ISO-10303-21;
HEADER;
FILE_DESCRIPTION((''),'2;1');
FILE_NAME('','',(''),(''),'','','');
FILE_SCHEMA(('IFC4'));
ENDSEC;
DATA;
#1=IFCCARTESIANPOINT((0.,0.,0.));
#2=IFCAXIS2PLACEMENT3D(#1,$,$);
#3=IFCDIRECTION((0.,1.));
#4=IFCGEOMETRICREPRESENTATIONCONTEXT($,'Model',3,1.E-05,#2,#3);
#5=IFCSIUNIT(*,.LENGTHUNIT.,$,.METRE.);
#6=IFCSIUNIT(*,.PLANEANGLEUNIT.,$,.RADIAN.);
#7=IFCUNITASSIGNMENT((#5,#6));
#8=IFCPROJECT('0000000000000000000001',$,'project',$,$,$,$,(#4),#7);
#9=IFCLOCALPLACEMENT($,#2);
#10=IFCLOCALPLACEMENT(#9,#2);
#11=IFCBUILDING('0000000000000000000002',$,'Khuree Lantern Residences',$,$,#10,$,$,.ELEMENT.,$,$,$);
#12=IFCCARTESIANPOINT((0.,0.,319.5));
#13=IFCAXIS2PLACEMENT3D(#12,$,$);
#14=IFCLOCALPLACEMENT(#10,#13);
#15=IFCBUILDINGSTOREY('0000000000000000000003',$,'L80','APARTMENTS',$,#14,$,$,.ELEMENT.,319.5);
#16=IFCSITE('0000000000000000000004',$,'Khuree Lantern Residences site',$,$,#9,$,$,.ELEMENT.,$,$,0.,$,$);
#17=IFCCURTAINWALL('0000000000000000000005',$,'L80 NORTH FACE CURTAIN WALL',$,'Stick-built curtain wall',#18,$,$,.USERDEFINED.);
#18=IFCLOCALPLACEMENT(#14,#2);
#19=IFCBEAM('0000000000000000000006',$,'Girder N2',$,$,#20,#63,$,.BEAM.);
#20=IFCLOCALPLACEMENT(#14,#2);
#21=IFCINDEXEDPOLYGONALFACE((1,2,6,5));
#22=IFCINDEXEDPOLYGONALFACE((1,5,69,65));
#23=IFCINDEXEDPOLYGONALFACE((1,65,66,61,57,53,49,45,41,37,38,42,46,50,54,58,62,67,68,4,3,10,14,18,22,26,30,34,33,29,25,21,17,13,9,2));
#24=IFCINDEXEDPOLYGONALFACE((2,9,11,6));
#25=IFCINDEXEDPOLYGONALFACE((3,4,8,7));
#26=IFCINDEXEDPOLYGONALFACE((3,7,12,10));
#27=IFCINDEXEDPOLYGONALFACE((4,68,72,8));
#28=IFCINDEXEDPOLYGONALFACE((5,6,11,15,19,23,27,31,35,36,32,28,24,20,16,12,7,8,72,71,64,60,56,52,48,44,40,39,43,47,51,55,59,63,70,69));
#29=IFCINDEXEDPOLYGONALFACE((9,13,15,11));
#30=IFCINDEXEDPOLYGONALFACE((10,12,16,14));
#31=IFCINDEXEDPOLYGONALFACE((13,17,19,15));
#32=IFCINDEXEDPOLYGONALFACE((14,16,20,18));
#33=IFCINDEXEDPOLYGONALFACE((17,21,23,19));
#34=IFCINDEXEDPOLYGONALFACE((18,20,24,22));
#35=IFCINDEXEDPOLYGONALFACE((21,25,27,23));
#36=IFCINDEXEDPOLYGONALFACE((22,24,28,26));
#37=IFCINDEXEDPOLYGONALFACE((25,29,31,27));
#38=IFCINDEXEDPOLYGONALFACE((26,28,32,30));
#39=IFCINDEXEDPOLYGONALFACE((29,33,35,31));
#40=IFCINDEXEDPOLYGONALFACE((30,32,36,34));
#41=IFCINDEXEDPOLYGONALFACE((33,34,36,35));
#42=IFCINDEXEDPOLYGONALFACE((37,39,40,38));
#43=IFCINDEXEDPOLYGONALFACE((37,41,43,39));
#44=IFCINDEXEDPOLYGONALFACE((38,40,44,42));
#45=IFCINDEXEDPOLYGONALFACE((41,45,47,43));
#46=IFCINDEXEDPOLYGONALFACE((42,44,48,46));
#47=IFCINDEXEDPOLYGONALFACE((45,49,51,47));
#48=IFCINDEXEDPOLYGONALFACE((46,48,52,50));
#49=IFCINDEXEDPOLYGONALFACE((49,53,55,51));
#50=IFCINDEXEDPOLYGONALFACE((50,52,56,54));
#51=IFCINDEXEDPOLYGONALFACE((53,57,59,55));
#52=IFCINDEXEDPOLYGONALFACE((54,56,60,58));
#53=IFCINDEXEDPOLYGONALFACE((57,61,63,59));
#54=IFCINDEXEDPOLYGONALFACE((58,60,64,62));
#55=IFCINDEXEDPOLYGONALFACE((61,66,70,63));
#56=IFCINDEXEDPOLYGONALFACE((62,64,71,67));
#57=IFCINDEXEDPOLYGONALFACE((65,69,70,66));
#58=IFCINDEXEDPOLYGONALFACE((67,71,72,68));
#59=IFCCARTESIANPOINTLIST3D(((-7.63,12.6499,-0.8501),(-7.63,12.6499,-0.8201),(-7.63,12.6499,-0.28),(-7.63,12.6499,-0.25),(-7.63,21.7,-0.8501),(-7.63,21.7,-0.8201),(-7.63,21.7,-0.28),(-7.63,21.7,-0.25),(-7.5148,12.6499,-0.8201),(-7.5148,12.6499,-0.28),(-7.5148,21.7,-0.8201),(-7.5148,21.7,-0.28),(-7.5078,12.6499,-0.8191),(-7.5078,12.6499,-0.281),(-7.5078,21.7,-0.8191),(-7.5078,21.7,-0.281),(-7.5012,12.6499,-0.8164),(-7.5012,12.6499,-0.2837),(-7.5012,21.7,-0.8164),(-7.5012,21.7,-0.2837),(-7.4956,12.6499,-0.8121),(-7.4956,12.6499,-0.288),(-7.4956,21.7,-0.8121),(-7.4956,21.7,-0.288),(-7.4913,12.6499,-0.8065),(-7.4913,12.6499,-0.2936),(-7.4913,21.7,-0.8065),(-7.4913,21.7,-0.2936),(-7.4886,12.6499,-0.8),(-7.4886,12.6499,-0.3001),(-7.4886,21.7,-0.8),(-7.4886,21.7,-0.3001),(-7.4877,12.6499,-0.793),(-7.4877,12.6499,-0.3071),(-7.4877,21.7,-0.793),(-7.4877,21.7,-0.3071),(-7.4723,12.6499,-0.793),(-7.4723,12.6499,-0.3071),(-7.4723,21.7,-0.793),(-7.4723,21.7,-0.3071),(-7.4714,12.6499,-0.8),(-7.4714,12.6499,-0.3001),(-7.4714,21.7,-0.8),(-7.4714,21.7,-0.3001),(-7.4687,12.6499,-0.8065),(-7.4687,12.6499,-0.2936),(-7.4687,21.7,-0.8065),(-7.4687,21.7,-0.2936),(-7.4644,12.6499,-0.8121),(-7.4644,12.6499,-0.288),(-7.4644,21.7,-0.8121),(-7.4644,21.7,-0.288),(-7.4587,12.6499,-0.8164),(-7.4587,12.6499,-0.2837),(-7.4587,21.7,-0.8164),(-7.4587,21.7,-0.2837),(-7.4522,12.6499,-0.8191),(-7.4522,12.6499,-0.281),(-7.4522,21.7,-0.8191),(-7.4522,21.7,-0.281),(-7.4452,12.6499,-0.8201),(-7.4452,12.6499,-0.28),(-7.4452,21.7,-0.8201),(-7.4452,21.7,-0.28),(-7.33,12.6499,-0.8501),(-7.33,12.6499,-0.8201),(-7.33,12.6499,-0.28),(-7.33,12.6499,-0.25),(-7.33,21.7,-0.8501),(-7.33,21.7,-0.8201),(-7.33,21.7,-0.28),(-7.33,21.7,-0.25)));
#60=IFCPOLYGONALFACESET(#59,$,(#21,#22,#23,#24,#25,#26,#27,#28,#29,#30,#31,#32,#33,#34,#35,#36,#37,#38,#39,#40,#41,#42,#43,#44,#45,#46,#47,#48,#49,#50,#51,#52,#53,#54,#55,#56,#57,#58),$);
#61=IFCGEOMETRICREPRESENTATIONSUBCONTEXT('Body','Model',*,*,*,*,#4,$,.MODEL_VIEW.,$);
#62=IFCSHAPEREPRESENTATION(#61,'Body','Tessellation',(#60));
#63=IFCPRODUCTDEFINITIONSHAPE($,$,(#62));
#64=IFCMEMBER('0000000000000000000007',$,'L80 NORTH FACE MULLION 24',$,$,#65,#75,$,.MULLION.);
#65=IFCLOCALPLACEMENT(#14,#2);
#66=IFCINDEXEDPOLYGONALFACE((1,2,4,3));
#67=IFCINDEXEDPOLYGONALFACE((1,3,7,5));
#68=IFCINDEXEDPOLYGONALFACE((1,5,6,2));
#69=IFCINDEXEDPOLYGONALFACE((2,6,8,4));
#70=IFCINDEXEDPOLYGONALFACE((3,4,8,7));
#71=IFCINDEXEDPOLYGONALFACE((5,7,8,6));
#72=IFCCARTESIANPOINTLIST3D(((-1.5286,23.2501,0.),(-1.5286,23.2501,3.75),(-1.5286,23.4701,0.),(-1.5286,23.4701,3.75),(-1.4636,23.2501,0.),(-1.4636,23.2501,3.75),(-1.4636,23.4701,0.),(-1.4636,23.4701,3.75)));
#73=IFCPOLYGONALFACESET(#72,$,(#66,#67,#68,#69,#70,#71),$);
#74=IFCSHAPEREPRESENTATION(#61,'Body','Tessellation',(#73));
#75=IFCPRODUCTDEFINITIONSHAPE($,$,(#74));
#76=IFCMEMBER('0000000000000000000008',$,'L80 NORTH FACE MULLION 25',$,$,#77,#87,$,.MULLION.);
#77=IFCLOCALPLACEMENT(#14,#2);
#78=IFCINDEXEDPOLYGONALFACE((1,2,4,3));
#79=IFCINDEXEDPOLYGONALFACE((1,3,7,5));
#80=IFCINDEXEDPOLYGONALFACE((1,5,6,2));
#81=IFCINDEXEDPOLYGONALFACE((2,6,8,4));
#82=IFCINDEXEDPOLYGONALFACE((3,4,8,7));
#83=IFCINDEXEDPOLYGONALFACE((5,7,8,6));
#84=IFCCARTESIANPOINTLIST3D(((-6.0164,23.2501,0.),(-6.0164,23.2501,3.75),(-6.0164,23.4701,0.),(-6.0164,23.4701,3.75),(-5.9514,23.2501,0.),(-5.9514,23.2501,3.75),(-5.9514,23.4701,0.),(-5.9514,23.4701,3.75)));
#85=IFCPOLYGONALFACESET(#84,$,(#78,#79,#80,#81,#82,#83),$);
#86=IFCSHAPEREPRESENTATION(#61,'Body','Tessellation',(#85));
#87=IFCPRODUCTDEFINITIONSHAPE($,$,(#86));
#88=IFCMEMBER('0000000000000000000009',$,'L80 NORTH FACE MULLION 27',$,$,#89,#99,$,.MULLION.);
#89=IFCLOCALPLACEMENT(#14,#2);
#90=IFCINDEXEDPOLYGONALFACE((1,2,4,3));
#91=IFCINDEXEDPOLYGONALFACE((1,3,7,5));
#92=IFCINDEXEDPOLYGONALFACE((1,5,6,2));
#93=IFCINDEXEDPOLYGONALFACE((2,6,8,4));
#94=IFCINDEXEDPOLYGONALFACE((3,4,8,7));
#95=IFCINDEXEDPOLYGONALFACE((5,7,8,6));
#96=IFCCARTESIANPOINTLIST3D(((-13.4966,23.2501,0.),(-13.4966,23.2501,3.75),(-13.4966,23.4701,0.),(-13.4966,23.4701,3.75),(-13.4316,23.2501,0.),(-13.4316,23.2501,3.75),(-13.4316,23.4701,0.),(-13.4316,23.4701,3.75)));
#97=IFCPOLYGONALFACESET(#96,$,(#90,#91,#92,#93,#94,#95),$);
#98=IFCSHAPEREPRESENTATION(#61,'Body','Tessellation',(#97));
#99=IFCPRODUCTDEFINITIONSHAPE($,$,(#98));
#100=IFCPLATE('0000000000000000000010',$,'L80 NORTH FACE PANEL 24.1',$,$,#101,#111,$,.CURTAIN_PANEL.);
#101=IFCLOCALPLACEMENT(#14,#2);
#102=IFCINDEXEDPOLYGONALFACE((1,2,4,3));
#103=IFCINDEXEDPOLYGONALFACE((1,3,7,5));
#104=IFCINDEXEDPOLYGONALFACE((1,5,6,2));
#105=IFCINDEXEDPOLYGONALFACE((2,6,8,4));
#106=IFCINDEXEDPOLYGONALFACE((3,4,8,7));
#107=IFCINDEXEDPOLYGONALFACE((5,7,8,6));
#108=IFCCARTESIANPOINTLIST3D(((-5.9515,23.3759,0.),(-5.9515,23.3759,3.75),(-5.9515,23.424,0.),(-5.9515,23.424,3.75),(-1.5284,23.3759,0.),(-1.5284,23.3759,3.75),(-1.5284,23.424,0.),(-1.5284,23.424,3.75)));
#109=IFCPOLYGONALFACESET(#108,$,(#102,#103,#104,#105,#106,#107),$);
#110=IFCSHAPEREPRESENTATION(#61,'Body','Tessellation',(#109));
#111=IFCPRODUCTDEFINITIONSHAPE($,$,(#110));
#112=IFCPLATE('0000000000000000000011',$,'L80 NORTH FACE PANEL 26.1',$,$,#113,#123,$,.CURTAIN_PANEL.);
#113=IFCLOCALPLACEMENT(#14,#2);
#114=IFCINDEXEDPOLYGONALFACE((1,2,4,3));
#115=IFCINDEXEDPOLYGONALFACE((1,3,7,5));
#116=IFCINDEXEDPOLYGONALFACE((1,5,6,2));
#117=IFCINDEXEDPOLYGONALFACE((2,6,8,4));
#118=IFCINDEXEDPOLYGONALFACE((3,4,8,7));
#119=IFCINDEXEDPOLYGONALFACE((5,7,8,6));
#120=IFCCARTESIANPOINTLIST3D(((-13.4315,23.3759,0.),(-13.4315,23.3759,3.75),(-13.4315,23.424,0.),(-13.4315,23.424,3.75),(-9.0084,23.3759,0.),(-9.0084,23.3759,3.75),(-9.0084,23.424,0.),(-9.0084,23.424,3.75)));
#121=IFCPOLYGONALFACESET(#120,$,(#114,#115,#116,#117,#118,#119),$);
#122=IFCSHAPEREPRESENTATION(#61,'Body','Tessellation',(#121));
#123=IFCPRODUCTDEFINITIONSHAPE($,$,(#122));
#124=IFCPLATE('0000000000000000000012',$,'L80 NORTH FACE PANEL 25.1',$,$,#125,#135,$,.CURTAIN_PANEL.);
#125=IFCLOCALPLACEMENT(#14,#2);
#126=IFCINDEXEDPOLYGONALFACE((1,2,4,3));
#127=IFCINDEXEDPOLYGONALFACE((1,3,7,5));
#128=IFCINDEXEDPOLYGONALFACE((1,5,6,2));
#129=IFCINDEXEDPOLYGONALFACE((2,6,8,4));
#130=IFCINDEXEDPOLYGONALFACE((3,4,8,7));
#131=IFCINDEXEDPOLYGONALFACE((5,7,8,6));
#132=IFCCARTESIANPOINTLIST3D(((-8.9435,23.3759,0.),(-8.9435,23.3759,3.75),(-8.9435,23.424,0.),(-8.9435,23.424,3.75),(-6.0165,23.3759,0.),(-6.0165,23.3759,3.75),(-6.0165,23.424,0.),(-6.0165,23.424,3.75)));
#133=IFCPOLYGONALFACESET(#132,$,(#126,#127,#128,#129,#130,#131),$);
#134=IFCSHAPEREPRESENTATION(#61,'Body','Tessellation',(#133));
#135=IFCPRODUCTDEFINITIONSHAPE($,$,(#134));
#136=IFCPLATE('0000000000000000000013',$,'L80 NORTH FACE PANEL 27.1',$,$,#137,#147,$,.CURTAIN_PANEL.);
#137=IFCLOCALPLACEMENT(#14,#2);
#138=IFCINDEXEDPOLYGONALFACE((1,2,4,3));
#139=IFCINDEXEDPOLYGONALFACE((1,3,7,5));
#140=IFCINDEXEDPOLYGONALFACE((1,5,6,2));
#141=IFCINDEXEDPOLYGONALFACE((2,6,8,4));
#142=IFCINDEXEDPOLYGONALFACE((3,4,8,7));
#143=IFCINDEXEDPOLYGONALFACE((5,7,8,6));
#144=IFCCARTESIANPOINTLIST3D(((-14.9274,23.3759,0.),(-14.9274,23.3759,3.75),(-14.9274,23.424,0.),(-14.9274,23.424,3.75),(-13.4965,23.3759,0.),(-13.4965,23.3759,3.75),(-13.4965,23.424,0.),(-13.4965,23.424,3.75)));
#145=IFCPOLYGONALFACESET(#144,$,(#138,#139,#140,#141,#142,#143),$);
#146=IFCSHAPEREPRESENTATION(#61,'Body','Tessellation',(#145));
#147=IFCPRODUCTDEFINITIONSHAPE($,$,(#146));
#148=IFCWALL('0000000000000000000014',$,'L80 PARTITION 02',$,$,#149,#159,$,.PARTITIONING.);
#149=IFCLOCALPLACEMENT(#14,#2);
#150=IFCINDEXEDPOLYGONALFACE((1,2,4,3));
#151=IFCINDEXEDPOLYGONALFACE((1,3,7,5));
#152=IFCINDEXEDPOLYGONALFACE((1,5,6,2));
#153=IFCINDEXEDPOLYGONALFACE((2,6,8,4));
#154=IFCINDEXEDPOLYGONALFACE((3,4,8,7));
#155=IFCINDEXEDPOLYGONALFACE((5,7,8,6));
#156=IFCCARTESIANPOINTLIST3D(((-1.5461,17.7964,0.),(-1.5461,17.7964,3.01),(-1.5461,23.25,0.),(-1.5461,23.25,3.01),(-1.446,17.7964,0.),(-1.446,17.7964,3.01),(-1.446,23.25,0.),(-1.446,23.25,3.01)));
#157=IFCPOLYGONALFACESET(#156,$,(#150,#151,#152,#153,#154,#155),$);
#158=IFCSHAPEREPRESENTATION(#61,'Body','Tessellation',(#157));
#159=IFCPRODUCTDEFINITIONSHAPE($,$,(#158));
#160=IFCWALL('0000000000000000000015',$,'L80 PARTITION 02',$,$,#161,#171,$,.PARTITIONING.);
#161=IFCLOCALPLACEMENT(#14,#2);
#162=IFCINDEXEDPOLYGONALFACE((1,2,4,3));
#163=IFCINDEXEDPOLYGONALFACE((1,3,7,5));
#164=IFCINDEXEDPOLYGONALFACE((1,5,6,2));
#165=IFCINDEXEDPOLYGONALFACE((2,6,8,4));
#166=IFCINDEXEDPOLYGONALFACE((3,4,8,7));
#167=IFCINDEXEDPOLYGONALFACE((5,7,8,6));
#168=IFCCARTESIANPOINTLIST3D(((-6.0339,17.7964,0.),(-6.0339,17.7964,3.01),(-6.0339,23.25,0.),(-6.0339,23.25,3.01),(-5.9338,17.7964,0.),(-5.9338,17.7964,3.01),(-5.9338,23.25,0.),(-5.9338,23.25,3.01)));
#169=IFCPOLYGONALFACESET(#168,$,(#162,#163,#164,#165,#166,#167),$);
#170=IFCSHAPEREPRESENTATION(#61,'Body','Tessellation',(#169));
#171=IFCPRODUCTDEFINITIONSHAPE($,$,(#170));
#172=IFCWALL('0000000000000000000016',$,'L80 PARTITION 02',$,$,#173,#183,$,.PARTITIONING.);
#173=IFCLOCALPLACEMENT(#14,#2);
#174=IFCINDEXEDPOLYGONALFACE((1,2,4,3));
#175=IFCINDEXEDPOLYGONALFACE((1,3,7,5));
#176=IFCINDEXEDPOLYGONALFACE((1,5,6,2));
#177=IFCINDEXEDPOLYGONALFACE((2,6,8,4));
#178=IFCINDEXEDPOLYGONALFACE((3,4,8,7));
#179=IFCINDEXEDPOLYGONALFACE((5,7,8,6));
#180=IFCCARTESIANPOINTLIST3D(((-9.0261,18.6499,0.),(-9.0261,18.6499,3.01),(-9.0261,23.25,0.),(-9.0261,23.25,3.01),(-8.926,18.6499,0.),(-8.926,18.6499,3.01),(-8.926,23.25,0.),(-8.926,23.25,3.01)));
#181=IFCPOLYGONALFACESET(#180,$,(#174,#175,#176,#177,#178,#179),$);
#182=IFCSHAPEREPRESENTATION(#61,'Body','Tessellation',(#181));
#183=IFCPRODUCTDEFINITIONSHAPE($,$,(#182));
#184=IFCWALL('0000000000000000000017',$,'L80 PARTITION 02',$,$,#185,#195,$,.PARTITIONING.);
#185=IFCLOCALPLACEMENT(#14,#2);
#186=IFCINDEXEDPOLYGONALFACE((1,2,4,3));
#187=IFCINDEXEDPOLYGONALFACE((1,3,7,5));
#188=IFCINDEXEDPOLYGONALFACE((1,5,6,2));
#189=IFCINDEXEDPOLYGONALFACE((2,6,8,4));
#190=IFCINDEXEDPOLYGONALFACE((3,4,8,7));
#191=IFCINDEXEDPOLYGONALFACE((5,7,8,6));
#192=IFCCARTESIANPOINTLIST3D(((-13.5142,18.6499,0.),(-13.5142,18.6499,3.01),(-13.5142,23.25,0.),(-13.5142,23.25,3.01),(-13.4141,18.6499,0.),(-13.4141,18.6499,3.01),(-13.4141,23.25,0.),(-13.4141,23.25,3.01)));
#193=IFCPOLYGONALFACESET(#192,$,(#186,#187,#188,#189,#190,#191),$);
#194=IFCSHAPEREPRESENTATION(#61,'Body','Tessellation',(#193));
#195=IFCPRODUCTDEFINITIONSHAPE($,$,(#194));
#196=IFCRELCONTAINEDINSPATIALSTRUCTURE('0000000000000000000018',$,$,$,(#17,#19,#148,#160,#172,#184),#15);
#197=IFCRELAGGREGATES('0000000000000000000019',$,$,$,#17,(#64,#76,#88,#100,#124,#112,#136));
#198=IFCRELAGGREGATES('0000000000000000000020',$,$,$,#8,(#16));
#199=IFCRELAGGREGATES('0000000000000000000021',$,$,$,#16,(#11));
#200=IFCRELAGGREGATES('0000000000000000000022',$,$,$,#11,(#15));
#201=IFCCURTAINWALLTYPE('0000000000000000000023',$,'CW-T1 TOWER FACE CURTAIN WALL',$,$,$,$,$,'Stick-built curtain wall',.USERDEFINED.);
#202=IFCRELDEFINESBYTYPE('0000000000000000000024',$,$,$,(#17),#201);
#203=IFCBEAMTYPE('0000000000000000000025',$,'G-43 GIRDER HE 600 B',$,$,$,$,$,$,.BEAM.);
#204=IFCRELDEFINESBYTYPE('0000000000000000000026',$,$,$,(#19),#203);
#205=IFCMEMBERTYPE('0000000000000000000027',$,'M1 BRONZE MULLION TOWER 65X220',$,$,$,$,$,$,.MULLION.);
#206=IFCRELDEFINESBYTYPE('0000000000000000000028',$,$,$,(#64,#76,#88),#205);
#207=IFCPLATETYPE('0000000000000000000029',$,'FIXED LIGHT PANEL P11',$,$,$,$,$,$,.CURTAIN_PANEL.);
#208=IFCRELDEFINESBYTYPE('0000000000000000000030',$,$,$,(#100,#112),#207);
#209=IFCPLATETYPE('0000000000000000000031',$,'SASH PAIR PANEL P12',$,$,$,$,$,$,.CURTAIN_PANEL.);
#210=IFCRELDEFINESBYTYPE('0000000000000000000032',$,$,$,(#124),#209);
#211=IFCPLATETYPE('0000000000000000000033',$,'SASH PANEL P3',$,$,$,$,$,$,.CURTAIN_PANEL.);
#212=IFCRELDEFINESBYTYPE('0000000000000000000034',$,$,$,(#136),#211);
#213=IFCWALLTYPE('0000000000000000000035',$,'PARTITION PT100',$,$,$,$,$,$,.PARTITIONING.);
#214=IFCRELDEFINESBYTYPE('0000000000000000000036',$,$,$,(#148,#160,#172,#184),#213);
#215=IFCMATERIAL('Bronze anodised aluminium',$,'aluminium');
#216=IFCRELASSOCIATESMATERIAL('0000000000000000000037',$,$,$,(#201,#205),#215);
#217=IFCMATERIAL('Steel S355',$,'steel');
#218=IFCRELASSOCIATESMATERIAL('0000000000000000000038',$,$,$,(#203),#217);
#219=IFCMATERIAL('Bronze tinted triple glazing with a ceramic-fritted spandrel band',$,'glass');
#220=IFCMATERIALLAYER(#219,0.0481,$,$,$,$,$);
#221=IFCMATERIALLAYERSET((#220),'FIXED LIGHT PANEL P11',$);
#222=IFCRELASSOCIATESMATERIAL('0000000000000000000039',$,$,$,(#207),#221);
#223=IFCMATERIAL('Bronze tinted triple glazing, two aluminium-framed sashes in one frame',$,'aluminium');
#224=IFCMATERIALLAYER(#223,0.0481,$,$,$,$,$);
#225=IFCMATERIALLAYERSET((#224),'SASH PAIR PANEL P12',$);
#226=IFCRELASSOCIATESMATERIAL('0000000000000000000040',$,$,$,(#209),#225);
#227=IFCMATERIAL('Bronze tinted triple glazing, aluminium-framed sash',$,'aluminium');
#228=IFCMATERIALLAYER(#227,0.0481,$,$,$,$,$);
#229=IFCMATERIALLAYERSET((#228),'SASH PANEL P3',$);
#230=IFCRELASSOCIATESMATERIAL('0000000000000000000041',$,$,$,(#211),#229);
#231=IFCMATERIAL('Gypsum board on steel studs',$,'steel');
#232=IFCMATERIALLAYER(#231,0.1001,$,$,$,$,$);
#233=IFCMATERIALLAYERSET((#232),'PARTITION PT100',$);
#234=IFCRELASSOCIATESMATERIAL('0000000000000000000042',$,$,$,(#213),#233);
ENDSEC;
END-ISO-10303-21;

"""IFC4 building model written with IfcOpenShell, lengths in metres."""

from ifc_helpers import new_model, si_unit, direction, frame, frame_2d, origin, origin_2d, place, context, subcontext, project, spatial, rectangle, i_section, extrude, material, layer, layer_set, material_profile, profile_set, type_object, element, aggregate, save


model = new_model("IFC4")

# Units and contexts
model_context = context("Model", 3, precision=1e-05, world=origin(), true_north=direction((0.0, 1.0)))
body_context = subcontext(model_context, "Body", "Model", "MODEL_VIEW")
ifc_project = project(units=[si_unit("LENGTHUNIT", "METRE"), si_unit("PLANEANGLEUNIT", "RADIAN")], contexts=[model_context])

# Site, building, storey
site_placement = place(None, origin())
site = spatial("IfcSite", under=ifc_project, at=site_placement, Name="Khuree Lantern Residences site", CompositionType="ELEMENT", RefElevation=0.0)
building_placement = place(site_placement, origin())
building = spatial("IfcBuilding", under=site, at=building_placement, Name="Khuree Lantern Residences", CompositionType="ELEMENT")
storey_placement = place(building_placement, frame((0.0, 0.0, 319.5)))
storey = spatial("IfcBuildingStorey", under=building, at=storey_placement, Name="L80", Description="APARTMENTS", CompositionType="ELEMENT", Elevation=319.5)

# Shared definitions
ifc_material_1 = material(Name="Steel S355", Category="steel")

# Curtain wall
ifc_material_2 = material(Name="Bronze anodised aluminium", Category="aluminium")
curtain_wall_type = type_object("IfcCurtainWallType", Name="CW-T1 TOWER FACE CURTAIN WALL", ElementType="Stick-built curtain wall", PredefinedType="USERDEFINED", material=ifc_material_2)
curtain_wall_placement = place(storey_placement, origin())
curtain_wall = element("IfcCurtainWall", 1, at=curtain_wall_placement, inside=storey, type_object=curtain_wall_type, Name="L80 NORTH FACE CURTAIN WALL", ObjectType="Stick-built curtain wall", PredefinedType="USERDEFINED")

# Beam
ifc_material_profile_1 = material_profile(ifc_material_1, i_section(OverallWidth=0.3, OverallDepth=0.6001, WebThickness=0.0154, FlangeThickness=0.03, FilletRadius=0.0271, at=origin_2d()), Name="HE 600 B")
ifc_profile_set_1 = profile_set([ifc_material_profile_1], Name="Steel S355")
beam_type_1 = type_object("IfcBeamType", Name="G-43 GIRDER HE 600 B", PredefinedType="BEAM", material=ifc_profile_set_1)
beam_1_placement = place(storey_placement, frame((-7.48, 21.7, -0.55), z_axis=(0.0, -1.0, 0.0), x_axis=(1.0, 0.0, 0.0)))
element("IfcBeam", 2, at=beam_1_placement, inside=storey, type_object=beam_type_1, Name="Girder N2", PredefinedType="BEAM", context=body_context, shape_type="SweptSolid", body=[
    extrude(i_section(OverallWidth=0.3, OverallDepth=0.6001, WebThickness=0.0154, FlangeThickness=0.03, FilletRadius=0.0271, at=origin_2d()), origin(), (0.0, 0.0, 1.0), 9.05),
])

# Members
ifc_material_profile_2 = material_profile(ifc_material_2, rectangle(XDim=0.0649, YDim=0.22, at=origin_2d()), Name="M1 65X220")
ifc_profile_set_2 = profile_set([ifc_material_profile_2], Name="Bronze anodised aluminium")
member_type_1 = type_object("IfcMemberType", Name="M1 BRONZE MULLION TOWER 65X220", PredefinedType="MULLION", material=ifc_profile_set_2)
member_1_placement = place(storey_placement, frame((-1.4961, 23.3601, 0.0), z_axis=(0.0, 0.0, 1.0), x_axis=(-1.0, 0.0, 0.0)))
member_1 = element("IfcMember", 3, at=member_1_placement, type_object=member_type_1, Name="L80 NORTH FACE MULLION 24", PredefinedType="MULLION", context=body_context, shape_type="SweptSolid", body=[
    extrude(rectangle(XDim=0.0649, YDim=0.22, at=origin_2d()), origin(), (0.0, 0.0, 1.0), 3.75),
])
member_2_placement = place(storey_placement, frame((-5.9839, 23.3601, 0.0), z_axis=(0.0, 0.0, 1.0), x_axis=(-1.0, 0.0, 0.0)))
member_2 = element("IfcMember", 4, at=member_2_placement, type_object=member_type_1, Name="L80 NORTH FACE MULLION 25", PredefinedType="MULLION", context=body_context, shape_type="SweptSolid", body=[
    extrude(rectangle(XDim=0.0649, YDim=0.22, at=origin_2d()), origin(), (0.0, 0.0, 1.0), 3.75),
])
member_3_placement = place(storey_placement, frame((-13.4641, 23.3601, 0.0), z_axis=(0.0, 0.0, 1.0), x_axis=(-1.0, 0.0, 0.0)))
member_3 = element("IfcMember", 5, at=member_3_placement, type_object=member_type_1, Name="L80 NORTH FACE MULLION 27", PredefinedType="MULLION", context=body_context, shape_type="SweptSolid", body=[
    extrude(rectangle(XDim=0.0649, YDim=0.22, at=origin_2d()), origin(), (0.0, 0.0, 1.0), 3.75),
])

# Plates
ifc_material_3 = material(Name="Bronze tinted triple glazing with a ceramic-fritted spandrel band", Category="glass")
ifc_layer_1 = layer(ifc_material_3, 0.0481)
ifc_layer_set_1 = layer_set([ifc_layer_1], Name="FIXED LIGHT PANEL P11")
plate_type_1 = type_object("IfcPlateType", Name="FIXED LIGHT PANEL P11", PredefinedType="CURTAIN_PANEL", material=ifc_layer_set_1)
plate_1_placement = place(storey_placement, frame((-3.74, 23.3999, 0.0), z_axis=(0.0, 0.0, 1.0), x_axis=(-1.0, 0.0, 0.0)))
plate_1 = element("IfcPlate", 6, at=plate_1_placement, type_object=plate_type_1, Name="L80 NORTH FACE PANEL 24.1", PredefinedType="CURTAIN_PANEL", context=body_context, shape_type="SweptSolid", body=[
    extrude(rectangle(XDim=4.4231, YDim=0.0481, at=origin_2d()), origin(), (0.0, 0.0, 1.0), 3.75),
])
plate_2_placement = place(storey_placement, frame((-11.22, 23.3999, 0.0), z_axis=(0.0, 0.0, 1.0), x_axis=(-1.0, 0.0, 0.0)))
plate_2 = element("IfcPlate", 7, at=plate_2_placement, type_object=plate_type_1, Name="L80 NORTH FACE PANEL 26.1", PredefinedType="CURTAIN_PANEL", context=body_context, shape_type="SweptSolid", body=[
    extrude(rectangle(XDim=4.4231, YDim=0.0481, at=origin_2d()), origin(), (0.0, 0.0, 1.0), 3.75),
])
ifc_material_4 = material(Name="Bronze tinted triple glazing, two aluminium-framed sashes in one frame", Category="aluminium")
ifc_layer_2 = layer(ifc_material_4, 0.0481)
ifc_layer_set_2 = layer_set([ifc_layer_2], Name="SASH PAIR PANEL P12")
plate_type_2 = type_object("IfcPlateType", Name="SASH PAIR PANEL P12", PredefinedType="CURTAIN_PANEL", material=ifc_layer_set_2)
plate_3_placement = place(storey_placement, frame((-7.48, 23.3999, 0.0), z_axis=(0.0, 0.0, 1.0), x_axis=(-1.0, 0.0, 0.0)))
plate_3 = element("IfcPlate", 8, at=plate_3_placement, type_object=plate_type_2, Name="L80 NORTH FACE PANEL 25.1", PredefinedType="CURTAIN_PANEL", context=body_context, shape_type="SweptSolid", body=[
    extrude(rectangle(XDim=2.927, YDim=0.0481, at=origin_2d()), origin(), (0.0, 0.0, 1.0), 3.75),
])
ifc_material_5 = material(Name="Bronze tinted triple glazing, aluminium-framed sash", Category="aluminium")
ifc_layer_3 = layer(ifc_material_5, 0.0481)
ifc_layer_set_3 = layer_set([ifc_layer_3], Name="SASH PANEL P3")
plate_type_3 = type_object("IfcPlateType", Name="SASH PANEL P3", PredefinedType="CURTAIN_PANEL", material=ifc_layer_set_3)
plate_4_placement = place(storey_placement, frame((-14.2119, 23.3999, 0.0), z_axis=(0.0, 0.0, 1.0), x_axis=(-1.0, 0.0, 0.0)))
plate_4 = element("IfcPlate", 9, at=plate_4_placement, type_object=plate_type_3, Name="L80 NORTH FACE PANEL 27.1", PredefinedType="CURTAIN_PANEL", context=body_context, shape_type="SweptSolid", body=[
    extrude(rectangle(XDim=1.4309, YDim=0.0481, at=origin_2d()), origin(), (0.0, 0.0, 1.0), 3.75),
])
aggregate(curtain_wall, [member_1, member_2, member_3, plate_1, plate_3, plate_2, plate_4])

# Walls
ifc_material_6 = material(Name="Gypsum board on steel studs", Category="steel")
ifc_layer_4 = layer(ifc_material_6, 0.1001)
ifc_layer_set_4 = layer_set([ifc_layer_4], Name="PARTITION PT100")
wall_type = type_object("IfcWallType", Name="PARTITION PT100", PredefinedType="PARTITIONING", material=ifc_layer_set_4)
for number, where, z_axis, x_axis, name in (
    (10, (-1.4961, 17.7964, 0.0), (0.0, 0.0, 1.0), (0.0, 1.0, 0.0), "L80 PARTITION 02"),
    (11, (-5.9839, 17.7964, 0.0), (0.0, 0.0, 1.0), (0.0, 1.0, 0.0), "L80 PARTITION 02"),
):
    element("IfcWall", number, at=place(storey_placement, frame(where, z_axis=z_axis, x_axis=x_axis)), inside=storey, type_object=wall_type, Name=name, PredefinedType="PARTITIONING", context=body_context, shape_type="SweptSolid", body=[
        extrude(rectangle(XDim=5.4536, YDim=0.1001, at=frame_2d((2.7268, 0.0))), origin(), (0.0, 0.0, 1.0), 3.01),
    ])
for number, where, z_axis, x_axis, name in (
    (12, (-8.9761, 18.6499, 0.0), (0.0, 0.0, 1.0), (0.0, 1.0, 0.0), "L80 PARTITION 02"),
    (13, (-13.4641, 18.6499, 0.0), (0.0, 0.0, 1.0), (0.0, 1.0, 0.0), "L80 PARTITION 02"),
):
    element("IfcWall", number, at=place(storey_placement, frame(where, z_axis=z_axis, x_axis=x_axis)), inside=storey, type_object=wall_type, Name=name, PredefinedType="PARTITIONING", context=body_context, shape_type="SweptSolid", body=[
        extrude(rectangle(XDim=4.6001, YDim=0.1001, at=frame_2d((2.3, 0.0))), origin(), (0.0, 0.0, 1.0), 3.01),
    ])

save(model, "model.ifc")
